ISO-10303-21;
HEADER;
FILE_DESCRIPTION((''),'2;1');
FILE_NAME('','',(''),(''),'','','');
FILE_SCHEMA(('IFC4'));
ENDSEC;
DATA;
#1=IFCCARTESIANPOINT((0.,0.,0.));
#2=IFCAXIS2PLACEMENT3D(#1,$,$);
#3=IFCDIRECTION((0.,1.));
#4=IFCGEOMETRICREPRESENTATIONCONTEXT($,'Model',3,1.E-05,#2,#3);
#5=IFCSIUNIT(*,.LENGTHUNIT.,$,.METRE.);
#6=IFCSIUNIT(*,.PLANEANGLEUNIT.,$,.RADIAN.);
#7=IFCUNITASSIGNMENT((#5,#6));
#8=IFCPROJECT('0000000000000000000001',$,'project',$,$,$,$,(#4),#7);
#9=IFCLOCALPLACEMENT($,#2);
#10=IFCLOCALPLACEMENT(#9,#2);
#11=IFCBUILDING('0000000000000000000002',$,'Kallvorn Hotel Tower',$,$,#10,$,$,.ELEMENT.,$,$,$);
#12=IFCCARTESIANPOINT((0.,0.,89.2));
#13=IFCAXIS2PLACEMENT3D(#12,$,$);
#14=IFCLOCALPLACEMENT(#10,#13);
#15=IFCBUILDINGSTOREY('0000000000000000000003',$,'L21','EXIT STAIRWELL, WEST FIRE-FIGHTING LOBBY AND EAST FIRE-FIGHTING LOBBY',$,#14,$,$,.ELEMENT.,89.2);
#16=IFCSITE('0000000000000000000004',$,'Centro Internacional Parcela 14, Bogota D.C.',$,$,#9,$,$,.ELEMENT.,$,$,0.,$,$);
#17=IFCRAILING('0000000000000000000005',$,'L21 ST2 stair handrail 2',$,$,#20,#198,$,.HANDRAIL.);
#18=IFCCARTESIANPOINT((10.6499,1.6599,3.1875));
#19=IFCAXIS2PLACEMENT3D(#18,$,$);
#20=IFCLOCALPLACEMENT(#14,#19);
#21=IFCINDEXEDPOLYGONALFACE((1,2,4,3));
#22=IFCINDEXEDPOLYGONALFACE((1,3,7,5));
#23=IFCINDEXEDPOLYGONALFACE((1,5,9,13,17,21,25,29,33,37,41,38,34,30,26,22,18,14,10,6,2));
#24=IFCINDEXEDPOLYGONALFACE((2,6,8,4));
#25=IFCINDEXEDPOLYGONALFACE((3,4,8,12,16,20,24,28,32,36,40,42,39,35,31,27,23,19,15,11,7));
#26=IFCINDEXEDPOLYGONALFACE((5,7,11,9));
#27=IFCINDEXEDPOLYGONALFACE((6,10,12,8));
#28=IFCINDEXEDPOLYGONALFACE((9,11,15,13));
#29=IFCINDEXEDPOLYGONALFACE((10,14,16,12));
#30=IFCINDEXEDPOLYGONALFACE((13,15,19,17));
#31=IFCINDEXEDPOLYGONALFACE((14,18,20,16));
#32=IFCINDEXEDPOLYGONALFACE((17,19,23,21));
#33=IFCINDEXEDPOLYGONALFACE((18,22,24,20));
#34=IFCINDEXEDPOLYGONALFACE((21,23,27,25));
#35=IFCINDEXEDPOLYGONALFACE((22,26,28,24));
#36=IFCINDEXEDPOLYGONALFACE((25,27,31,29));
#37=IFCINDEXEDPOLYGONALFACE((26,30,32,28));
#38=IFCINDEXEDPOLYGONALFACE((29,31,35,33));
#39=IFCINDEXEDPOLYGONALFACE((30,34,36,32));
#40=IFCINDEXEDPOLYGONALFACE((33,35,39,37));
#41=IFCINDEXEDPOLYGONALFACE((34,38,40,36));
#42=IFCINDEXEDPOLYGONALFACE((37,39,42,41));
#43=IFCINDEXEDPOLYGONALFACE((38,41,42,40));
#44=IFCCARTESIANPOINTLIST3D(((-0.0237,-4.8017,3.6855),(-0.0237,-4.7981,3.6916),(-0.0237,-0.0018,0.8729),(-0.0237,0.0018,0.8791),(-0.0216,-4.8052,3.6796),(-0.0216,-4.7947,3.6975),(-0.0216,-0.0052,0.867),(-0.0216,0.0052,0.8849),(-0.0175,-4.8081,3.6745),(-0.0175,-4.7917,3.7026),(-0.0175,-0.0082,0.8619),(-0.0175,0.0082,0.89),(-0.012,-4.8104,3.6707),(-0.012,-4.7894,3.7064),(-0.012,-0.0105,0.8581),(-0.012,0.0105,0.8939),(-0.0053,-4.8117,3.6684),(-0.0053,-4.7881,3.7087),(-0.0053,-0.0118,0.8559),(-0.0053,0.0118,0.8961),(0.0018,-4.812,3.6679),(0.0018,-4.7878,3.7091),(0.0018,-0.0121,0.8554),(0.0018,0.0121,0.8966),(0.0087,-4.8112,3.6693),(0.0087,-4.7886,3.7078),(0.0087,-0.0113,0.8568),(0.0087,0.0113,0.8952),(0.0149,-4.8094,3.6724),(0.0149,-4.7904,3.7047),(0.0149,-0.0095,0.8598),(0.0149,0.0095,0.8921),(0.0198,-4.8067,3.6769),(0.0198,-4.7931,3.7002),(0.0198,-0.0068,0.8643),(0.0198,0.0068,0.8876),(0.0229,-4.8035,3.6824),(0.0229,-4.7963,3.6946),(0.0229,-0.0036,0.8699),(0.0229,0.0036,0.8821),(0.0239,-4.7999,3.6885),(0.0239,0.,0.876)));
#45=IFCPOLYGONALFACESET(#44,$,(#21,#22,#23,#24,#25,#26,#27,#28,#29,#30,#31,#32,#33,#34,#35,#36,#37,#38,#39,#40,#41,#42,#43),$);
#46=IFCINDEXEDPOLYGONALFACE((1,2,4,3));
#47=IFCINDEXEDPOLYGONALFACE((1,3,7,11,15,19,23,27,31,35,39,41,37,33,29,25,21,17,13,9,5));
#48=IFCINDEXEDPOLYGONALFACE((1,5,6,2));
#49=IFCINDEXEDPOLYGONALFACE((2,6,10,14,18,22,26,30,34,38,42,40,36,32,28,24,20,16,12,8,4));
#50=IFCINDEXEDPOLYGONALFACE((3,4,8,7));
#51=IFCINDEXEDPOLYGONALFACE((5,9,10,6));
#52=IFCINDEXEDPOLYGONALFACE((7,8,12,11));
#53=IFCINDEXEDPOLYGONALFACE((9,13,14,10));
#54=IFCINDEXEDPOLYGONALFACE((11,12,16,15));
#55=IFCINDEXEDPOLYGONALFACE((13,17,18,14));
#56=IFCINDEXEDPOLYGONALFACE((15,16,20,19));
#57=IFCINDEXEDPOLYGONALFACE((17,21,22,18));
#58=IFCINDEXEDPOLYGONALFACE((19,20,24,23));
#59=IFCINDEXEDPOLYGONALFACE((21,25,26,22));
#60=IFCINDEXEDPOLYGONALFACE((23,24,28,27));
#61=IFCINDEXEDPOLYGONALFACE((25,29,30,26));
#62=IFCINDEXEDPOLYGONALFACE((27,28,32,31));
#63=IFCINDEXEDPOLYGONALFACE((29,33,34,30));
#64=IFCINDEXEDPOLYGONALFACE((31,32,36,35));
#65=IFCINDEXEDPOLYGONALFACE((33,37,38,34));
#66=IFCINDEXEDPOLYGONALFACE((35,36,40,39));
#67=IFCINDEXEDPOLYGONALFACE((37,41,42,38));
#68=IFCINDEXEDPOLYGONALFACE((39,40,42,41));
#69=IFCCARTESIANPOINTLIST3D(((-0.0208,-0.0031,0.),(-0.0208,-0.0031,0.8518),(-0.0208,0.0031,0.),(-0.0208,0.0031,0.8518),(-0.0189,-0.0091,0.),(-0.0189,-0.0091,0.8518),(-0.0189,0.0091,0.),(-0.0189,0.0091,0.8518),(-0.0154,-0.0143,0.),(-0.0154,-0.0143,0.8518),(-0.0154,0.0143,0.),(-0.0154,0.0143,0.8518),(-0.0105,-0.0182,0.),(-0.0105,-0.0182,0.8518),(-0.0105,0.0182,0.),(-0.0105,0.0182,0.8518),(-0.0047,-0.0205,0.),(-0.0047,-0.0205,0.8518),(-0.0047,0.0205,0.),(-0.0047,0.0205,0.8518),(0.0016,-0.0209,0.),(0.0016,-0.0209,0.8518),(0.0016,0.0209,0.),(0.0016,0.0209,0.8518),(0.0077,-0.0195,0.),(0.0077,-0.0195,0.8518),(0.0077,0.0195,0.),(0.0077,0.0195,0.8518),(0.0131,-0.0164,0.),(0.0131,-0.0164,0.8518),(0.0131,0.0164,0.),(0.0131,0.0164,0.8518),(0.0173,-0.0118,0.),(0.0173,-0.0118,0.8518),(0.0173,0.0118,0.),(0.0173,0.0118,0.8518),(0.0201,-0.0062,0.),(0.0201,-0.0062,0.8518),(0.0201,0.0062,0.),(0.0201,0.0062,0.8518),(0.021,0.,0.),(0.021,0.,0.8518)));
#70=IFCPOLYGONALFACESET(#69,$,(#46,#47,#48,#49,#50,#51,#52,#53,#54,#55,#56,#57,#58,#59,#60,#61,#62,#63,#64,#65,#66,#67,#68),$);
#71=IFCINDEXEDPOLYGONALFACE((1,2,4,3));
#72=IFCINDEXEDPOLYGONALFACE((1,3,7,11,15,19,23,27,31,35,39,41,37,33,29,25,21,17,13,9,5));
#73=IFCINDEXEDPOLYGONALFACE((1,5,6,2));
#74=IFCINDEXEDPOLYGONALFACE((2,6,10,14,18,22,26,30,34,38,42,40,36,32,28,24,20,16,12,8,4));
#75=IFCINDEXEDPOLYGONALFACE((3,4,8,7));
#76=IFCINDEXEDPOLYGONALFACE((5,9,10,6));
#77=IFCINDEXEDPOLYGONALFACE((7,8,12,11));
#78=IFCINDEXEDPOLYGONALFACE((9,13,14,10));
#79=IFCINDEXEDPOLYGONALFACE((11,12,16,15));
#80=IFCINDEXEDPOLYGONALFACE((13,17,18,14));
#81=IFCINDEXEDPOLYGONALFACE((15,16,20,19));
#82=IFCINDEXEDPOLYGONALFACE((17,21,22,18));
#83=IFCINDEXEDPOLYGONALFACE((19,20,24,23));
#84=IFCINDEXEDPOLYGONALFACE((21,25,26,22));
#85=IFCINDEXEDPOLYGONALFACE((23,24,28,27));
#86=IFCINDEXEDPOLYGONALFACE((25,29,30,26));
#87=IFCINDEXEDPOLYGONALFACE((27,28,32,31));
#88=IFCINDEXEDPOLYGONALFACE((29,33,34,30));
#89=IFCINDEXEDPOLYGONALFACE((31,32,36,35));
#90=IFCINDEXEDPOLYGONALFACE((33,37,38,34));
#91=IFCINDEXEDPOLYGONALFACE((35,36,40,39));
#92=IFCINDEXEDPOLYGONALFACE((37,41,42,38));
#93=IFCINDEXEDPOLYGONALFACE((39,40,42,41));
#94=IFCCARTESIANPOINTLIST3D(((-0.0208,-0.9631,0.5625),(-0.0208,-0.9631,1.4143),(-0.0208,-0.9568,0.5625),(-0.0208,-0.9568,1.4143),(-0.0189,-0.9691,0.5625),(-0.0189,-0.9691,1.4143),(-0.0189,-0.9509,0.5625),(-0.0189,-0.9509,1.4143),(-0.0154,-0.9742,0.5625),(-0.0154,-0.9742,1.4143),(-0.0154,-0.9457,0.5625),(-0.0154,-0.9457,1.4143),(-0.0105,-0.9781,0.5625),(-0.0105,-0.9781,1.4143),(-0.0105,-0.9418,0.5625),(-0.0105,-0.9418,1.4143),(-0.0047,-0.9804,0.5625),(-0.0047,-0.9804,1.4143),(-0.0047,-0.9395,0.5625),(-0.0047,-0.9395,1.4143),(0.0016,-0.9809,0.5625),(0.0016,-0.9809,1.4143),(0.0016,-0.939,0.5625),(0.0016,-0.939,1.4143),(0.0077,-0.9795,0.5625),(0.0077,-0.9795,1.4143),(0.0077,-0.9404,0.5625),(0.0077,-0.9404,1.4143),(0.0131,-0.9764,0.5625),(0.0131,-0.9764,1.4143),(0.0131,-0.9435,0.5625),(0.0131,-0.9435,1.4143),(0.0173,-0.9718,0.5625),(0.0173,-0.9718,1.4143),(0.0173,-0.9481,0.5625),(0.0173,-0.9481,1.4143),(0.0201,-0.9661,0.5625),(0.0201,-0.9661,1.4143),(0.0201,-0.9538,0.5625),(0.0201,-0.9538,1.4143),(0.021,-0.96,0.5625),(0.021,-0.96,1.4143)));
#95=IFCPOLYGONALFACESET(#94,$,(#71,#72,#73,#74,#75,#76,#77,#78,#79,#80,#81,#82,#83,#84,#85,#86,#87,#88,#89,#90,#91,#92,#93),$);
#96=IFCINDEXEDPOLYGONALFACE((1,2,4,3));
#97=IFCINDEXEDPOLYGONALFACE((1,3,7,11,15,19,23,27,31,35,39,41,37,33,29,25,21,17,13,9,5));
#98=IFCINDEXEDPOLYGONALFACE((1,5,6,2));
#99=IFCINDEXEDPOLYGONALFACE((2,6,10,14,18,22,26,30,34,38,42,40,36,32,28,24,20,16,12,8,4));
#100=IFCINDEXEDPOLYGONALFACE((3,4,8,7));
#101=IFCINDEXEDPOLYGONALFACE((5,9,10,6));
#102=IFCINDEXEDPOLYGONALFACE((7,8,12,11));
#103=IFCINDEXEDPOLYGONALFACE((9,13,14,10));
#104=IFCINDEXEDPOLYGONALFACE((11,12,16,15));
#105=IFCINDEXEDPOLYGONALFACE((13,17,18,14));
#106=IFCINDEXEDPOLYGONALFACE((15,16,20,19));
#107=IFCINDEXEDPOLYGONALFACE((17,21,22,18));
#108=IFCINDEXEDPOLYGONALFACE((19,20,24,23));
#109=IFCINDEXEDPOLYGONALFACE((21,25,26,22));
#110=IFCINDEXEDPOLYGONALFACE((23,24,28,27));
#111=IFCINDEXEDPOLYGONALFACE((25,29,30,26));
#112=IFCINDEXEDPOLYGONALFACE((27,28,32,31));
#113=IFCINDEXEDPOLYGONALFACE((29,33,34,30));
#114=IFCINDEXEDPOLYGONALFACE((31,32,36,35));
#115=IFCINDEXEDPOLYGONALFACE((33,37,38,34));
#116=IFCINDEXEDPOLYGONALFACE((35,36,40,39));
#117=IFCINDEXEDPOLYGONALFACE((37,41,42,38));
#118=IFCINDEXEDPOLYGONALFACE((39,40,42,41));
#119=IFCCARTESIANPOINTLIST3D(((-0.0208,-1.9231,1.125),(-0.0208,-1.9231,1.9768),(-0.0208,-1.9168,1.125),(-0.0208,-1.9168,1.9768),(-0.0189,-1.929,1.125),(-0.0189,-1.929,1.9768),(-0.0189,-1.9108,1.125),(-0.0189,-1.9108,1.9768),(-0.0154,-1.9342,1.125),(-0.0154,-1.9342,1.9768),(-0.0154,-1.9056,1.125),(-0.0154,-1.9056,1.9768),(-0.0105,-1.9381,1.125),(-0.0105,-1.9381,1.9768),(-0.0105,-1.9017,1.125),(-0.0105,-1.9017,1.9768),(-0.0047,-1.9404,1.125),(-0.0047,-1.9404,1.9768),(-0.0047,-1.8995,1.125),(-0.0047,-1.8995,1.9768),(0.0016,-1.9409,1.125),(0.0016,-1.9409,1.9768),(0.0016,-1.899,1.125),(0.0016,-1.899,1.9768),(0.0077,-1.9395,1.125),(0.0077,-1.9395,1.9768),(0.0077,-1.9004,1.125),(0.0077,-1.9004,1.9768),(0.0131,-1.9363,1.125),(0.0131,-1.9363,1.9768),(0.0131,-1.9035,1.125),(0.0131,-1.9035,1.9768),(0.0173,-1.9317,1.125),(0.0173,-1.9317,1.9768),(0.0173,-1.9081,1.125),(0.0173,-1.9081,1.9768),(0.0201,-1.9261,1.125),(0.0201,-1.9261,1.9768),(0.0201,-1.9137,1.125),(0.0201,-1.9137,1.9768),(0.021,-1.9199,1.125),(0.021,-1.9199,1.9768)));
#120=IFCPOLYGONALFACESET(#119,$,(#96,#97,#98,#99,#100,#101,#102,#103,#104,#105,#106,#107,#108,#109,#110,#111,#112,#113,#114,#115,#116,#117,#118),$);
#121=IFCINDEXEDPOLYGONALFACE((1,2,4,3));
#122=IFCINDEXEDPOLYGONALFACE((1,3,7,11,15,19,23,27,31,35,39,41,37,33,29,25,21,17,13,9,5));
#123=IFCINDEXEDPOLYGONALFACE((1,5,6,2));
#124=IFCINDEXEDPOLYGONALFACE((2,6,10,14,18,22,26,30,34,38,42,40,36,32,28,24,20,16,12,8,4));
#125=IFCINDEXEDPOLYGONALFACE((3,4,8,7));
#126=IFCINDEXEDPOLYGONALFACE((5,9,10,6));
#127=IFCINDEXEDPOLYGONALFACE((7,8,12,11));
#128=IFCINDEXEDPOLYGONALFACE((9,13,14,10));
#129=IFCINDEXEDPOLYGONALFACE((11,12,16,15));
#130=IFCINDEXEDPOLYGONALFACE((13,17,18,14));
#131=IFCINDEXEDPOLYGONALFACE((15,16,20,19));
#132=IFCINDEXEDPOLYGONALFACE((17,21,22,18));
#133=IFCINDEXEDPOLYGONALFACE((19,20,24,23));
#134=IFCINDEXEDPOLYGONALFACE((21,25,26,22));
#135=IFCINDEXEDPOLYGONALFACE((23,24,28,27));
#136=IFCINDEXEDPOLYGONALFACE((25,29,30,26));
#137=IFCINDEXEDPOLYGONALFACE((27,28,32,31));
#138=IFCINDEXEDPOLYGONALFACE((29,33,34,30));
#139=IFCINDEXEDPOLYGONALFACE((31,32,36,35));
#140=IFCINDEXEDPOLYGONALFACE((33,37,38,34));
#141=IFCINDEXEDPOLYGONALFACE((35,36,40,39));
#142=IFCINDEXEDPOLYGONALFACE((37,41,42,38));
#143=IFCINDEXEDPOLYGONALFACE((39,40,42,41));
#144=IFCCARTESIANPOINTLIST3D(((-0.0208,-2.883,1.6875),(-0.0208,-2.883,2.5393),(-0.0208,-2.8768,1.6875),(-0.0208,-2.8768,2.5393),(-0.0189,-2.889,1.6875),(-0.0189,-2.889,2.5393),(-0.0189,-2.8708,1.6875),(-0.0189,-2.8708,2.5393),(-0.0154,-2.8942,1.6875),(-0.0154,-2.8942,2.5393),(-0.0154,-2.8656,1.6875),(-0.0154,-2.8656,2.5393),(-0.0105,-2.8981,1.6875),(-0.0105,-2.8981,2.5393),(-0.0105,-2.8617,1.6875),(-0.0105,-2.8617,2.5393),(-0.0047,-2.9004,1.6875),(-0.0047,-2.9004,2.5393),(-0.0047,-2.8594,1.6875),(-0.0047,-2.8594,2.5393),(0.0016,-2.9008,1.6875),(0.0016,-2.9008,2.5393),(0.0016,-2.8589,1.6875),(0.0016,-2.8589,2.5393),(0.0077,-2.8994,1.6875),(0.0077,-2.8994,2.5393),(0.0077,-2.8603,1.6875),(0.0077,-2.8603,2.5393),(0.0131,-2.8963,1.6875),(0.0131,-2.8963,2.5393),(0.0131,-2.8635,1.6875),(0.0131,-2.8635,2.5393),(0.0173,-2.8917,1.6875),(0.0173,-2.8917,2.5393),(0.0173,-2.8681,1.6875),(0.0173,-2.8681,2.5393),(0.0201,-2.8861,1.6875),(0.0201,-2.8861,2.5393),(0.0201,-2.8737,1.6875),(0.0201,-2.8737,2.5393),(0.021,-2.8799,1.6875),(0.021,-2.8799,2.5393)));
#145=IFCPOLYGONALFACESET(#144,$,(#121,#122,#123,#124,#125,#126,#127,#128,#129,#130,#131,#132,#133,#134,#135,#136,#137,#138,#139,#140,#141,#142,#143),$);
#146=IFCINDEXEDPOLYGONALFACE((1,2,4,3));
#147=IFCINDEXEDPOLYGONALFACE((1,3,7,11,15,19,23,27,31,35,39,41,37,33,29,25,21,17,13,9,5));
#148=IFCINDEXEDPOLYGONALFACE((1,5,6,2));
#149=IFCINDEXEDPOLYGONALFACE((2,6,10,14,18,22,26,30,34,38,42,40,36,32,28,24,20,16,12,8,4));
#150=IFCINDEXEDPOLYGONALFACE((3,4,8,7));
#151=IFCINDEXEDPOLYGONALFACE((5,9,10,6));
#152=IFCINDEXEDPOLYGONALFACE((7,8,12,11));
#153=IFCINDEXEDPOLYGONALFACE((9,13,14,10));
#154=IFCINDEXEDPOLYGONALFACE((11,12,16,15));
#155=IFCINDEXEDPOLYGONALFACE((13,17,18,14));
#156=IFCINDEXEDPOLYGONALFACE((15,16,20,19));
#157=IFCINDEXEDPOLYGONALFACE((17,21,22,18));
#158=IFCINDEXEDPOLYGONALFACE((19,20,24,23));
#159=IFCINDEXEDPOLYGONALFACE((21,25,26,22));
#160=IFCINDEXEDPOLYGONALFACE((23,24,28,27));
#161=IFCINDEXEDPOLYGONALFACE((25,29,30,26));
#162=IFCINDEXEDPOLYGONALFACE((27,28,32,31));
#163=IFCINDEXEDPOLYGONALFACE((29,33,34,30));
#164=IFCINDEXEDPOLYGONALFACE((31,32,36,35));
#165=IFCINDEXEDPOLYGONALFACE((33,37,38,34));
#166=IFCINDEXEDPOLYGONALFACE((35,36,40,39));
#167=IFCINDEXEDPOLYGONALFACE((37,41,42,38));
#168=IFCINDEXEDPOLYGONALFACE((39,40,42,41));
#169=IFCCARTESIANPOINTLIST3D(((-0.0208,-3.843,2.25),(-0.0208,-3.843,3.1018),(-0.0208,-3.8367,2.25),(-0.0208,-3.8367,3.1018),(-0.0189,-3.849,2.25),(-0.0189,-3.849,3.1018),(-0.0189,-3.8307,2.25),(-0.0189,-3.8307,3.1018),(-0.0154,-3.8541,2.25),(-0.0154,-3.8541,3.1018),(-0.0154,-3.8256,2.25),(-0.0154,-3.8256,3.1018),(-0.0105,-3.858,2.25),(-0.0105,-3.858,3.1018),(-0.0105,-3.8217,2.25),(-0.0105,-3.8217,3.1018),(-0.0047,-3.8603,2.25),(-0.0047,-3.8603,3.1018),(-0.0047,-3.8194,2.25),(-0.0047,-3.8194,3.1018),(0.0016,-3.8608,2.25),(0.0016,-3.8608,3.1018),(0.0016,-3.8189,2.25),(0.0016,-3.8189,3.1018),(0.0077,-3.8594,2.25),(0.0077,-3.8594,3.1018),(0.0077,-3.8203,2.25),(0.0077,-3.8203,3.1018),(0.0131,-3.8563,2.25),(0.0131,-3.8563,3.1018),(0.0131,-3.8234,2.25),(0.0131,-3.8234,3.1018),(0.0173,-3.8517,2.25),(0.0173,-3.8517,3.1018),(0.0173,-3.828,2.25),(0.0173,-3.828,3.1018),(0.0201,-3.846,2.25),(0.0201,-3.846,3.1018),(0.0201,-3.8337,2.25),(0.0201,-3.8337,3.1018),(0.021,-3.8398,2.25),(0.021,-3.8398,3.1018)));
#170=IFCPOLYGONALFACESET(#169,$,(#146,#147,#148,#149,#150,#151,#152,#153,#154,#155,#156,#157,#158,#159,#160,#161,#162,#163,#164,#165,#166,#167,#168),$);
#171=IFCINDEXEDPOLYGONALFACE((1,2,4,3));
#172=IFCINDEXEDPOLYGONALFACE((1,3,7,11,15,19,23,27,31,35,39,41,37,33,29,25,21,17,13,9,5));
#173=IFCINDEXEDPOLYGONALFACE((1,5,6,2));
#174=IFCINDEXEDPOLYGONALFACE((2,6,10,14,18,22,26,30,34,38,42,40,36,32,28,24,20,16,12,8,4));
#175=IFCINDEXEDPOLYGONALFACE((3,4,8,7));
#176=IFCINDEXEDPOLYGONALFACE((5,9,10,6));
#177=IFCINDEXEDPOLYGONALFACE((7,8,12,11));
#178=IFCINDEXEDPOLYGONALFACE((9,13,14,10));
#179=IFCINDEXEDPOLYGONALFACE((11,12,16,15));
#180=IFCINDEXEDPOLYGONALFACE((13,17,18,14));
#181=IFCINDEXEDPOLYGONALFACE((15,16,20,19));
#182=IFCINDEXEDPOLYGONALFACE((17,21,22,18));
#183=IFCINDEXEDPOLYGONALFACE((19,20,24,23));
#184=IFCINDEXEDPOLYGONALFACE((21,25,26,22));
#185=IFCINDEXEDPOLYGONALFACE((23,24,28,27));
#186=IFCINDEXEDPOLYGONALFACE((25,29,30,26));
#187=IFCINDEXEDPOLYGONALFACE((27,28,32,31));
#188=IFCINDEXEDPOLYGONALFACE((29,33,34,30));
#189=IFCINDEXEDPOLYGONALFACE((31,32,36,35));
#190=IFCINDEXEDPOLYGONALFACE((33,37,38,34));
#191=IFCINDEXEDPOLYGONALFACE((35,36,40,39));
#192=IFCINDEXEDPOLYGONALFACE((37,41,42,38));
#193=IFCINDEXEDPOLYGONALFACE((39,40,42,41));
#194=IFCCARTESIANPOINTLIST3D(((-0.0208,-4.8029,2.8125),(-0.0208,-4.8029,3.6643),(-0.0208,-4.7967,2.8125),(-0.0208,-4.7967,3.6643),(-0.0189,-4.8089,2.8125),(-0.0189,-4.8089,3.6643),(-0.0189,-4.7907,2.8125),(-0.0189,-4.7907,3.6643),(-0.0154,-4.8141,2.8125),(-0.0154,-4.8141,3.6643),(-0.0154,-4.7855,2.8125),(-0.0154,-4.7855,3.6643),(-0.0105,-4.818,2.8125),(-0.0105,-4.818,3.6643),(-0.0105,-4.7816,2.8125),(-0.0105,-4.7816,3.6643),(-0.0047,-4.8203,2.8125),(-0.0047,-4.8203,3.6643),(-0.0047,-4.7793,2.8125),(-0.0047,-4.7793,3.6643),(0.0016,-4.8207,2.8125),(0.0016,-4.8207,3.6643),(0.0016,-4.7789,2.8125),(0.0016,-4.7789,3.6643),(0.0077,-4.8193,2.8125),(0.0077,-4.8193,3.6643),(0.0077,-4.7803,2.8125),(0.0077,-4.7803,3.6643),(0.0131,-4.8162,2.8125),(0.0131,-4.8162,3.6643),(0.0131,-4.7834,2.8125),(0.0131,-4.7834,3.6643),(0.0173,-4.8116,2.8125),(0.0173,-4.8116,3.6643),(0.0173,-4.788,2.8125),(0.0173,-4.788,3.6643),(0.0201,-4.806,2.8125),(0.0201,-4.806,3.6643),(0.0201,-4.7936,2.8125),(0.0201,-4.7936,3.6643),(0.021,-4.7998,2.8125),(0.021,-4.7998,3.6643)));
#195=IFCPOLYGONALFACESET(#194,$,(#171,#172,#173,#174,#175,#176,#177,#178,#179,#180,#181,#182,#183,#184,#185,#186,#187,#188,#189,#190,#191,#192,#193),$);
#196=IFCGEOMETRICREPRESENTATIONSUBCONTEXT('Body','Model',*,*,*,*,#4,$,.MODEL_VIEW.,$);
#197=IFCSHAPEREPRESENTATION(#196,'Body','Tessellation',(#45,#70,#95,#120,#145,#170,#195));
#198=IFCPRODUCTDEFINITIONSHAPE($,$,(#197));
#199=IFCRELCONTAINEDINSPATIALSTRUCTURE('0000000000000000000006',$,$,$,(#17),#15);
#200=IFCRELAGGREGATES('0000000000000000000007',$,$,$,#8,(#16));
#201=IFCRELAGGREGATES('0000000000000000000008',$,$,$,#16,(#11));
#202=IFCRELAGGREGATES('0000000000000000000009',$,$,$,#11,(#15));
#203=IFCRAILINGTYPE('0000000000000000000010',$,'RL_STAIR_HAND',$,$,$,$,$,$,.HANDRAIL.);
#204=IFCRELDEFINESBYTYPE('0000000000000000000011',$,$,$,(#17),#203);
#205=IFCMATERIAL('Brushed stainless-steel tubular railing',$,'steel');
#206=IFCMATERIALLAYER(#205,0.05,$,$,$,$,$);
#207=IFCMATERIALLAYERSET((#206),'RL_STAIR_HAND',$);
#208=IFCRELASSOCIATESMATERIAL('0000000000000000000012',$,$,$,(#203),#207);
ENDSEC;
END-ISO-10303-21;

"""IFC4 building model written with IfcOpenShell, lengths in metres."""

from ifc_helpers import new_model, si_unit, direction, frame, origin, origin_2d, place, context, subcontext, project, spatial, circle, extrude, material, layer, layer_set, type_object, element, save


model = new_model("IFC4")

# Units and contexts
model_context = context("Model", 3, precision=1e-05, world=origin(), true_north=direction((0.0, 1.0)))
body_context = subcontext(model_context, "Body", "Model", "MODEL_VIEW")
ifc_project = project(units=[si_unit("LENGTHUNIT", "METRE"), si_unit("PLANEANGLEUNIT", "RADIAN")], contexts=[model_context])

# Site, building, storey
site_placement = place(None, origin())
site = spatial("IfcSite", under=ifc_project, at=site_placement, Name="Centro Internacional Parcela 14, Bogota D.C.", CompositionType="ELEMENT", RefElevation=0.0)
building_placement = place(site_placement, origin())
building = spatial("IfcBuilding", under=site, at=building_placement, Name="Kallvorn Hotel Tower", CompositionType="ELEMENT")
storey_placement = place(building_placement, frame((0.0, 0.0, 89.2)))
storey = spatial("IfcBuildingStorey", under=building, at=storey_placement, Name="L21", Description="EXIT STAIRWELL, WEST FIRE-FIGHTING LOBBY AND EAST FIRE-FIGHTING LOBBY", CompositionType="ELEMENT", Elevation=89.2)

# Railing
ifc_material_1 = material(Name="Brushed stainless-steel tubular railing", Category="steel")
ifc_layer_1 = layer(ifc_material_1, 0.05)
ifc_layer_set_1 = layer_set([ifc_layer_1], Name="RL_STAIR_HAND")
railing_type_1 = type_object("IfcRailingType", Name="RL_STAIR_HAND", PredefinedType="HANDRAIL", material=ifc_layer_set_1)
railing_1_placement = place(storey_placement, frame((10.6499, 1.6599, 3.1875)))
element("IfcRailing", 1, at=railing_1_placement, inside=storey, type_object=railing_type_1, Name="L21 ST2 stair handrail 2", PredefinedType="HANDRAIL", context=body_context, shape_type="SweptSolid", body=[
    extrude(circle(Radius=0.0239, at=origin_2d()), frame((0.0, 0.0, 0.876), z_axis=(0.0, -0.86279, 0.505562), x_axis=(1.0, 0.0, 0.0)), (0.0, 0.0, 1.0), 5.5632),
    extrude(circle(Radius=0.021, at=origin_2d()), origin(), (0.0, 0.0, 1.0), 0.8518),
    extrude(circle(Radius=0.021, at=origin_2d()), frame((0.0, -0.96, 0.5625)), (0.0, 0.0, 1.0), 0.8518),
    extrude(circle(Radius=0.021, at=origin_2d()), frame((0.0, -1.9199, 1.125)), (0.0, 0.0, 1.0), 0.8518),
    extrude(circle(Radius=0.021, at=origin_2d()), frame((0.0, -2.8799, 1.6875)), (0.0, 0.0, 1.0), 0.8518),
    extrude(circle(Radius=0.021, at=origin_2d()), frame((0.0, -3.8398, 2.25)), (0.0, 0.0, 1.0), 0.8518),
    extrude(circle(Radius=0.021, at=origin_2d()), frame((0.0, -4.7998, 2.8125)), (0.0, 0.0, 1.0), 0.8518),
])

save(model, "model.ifc")
